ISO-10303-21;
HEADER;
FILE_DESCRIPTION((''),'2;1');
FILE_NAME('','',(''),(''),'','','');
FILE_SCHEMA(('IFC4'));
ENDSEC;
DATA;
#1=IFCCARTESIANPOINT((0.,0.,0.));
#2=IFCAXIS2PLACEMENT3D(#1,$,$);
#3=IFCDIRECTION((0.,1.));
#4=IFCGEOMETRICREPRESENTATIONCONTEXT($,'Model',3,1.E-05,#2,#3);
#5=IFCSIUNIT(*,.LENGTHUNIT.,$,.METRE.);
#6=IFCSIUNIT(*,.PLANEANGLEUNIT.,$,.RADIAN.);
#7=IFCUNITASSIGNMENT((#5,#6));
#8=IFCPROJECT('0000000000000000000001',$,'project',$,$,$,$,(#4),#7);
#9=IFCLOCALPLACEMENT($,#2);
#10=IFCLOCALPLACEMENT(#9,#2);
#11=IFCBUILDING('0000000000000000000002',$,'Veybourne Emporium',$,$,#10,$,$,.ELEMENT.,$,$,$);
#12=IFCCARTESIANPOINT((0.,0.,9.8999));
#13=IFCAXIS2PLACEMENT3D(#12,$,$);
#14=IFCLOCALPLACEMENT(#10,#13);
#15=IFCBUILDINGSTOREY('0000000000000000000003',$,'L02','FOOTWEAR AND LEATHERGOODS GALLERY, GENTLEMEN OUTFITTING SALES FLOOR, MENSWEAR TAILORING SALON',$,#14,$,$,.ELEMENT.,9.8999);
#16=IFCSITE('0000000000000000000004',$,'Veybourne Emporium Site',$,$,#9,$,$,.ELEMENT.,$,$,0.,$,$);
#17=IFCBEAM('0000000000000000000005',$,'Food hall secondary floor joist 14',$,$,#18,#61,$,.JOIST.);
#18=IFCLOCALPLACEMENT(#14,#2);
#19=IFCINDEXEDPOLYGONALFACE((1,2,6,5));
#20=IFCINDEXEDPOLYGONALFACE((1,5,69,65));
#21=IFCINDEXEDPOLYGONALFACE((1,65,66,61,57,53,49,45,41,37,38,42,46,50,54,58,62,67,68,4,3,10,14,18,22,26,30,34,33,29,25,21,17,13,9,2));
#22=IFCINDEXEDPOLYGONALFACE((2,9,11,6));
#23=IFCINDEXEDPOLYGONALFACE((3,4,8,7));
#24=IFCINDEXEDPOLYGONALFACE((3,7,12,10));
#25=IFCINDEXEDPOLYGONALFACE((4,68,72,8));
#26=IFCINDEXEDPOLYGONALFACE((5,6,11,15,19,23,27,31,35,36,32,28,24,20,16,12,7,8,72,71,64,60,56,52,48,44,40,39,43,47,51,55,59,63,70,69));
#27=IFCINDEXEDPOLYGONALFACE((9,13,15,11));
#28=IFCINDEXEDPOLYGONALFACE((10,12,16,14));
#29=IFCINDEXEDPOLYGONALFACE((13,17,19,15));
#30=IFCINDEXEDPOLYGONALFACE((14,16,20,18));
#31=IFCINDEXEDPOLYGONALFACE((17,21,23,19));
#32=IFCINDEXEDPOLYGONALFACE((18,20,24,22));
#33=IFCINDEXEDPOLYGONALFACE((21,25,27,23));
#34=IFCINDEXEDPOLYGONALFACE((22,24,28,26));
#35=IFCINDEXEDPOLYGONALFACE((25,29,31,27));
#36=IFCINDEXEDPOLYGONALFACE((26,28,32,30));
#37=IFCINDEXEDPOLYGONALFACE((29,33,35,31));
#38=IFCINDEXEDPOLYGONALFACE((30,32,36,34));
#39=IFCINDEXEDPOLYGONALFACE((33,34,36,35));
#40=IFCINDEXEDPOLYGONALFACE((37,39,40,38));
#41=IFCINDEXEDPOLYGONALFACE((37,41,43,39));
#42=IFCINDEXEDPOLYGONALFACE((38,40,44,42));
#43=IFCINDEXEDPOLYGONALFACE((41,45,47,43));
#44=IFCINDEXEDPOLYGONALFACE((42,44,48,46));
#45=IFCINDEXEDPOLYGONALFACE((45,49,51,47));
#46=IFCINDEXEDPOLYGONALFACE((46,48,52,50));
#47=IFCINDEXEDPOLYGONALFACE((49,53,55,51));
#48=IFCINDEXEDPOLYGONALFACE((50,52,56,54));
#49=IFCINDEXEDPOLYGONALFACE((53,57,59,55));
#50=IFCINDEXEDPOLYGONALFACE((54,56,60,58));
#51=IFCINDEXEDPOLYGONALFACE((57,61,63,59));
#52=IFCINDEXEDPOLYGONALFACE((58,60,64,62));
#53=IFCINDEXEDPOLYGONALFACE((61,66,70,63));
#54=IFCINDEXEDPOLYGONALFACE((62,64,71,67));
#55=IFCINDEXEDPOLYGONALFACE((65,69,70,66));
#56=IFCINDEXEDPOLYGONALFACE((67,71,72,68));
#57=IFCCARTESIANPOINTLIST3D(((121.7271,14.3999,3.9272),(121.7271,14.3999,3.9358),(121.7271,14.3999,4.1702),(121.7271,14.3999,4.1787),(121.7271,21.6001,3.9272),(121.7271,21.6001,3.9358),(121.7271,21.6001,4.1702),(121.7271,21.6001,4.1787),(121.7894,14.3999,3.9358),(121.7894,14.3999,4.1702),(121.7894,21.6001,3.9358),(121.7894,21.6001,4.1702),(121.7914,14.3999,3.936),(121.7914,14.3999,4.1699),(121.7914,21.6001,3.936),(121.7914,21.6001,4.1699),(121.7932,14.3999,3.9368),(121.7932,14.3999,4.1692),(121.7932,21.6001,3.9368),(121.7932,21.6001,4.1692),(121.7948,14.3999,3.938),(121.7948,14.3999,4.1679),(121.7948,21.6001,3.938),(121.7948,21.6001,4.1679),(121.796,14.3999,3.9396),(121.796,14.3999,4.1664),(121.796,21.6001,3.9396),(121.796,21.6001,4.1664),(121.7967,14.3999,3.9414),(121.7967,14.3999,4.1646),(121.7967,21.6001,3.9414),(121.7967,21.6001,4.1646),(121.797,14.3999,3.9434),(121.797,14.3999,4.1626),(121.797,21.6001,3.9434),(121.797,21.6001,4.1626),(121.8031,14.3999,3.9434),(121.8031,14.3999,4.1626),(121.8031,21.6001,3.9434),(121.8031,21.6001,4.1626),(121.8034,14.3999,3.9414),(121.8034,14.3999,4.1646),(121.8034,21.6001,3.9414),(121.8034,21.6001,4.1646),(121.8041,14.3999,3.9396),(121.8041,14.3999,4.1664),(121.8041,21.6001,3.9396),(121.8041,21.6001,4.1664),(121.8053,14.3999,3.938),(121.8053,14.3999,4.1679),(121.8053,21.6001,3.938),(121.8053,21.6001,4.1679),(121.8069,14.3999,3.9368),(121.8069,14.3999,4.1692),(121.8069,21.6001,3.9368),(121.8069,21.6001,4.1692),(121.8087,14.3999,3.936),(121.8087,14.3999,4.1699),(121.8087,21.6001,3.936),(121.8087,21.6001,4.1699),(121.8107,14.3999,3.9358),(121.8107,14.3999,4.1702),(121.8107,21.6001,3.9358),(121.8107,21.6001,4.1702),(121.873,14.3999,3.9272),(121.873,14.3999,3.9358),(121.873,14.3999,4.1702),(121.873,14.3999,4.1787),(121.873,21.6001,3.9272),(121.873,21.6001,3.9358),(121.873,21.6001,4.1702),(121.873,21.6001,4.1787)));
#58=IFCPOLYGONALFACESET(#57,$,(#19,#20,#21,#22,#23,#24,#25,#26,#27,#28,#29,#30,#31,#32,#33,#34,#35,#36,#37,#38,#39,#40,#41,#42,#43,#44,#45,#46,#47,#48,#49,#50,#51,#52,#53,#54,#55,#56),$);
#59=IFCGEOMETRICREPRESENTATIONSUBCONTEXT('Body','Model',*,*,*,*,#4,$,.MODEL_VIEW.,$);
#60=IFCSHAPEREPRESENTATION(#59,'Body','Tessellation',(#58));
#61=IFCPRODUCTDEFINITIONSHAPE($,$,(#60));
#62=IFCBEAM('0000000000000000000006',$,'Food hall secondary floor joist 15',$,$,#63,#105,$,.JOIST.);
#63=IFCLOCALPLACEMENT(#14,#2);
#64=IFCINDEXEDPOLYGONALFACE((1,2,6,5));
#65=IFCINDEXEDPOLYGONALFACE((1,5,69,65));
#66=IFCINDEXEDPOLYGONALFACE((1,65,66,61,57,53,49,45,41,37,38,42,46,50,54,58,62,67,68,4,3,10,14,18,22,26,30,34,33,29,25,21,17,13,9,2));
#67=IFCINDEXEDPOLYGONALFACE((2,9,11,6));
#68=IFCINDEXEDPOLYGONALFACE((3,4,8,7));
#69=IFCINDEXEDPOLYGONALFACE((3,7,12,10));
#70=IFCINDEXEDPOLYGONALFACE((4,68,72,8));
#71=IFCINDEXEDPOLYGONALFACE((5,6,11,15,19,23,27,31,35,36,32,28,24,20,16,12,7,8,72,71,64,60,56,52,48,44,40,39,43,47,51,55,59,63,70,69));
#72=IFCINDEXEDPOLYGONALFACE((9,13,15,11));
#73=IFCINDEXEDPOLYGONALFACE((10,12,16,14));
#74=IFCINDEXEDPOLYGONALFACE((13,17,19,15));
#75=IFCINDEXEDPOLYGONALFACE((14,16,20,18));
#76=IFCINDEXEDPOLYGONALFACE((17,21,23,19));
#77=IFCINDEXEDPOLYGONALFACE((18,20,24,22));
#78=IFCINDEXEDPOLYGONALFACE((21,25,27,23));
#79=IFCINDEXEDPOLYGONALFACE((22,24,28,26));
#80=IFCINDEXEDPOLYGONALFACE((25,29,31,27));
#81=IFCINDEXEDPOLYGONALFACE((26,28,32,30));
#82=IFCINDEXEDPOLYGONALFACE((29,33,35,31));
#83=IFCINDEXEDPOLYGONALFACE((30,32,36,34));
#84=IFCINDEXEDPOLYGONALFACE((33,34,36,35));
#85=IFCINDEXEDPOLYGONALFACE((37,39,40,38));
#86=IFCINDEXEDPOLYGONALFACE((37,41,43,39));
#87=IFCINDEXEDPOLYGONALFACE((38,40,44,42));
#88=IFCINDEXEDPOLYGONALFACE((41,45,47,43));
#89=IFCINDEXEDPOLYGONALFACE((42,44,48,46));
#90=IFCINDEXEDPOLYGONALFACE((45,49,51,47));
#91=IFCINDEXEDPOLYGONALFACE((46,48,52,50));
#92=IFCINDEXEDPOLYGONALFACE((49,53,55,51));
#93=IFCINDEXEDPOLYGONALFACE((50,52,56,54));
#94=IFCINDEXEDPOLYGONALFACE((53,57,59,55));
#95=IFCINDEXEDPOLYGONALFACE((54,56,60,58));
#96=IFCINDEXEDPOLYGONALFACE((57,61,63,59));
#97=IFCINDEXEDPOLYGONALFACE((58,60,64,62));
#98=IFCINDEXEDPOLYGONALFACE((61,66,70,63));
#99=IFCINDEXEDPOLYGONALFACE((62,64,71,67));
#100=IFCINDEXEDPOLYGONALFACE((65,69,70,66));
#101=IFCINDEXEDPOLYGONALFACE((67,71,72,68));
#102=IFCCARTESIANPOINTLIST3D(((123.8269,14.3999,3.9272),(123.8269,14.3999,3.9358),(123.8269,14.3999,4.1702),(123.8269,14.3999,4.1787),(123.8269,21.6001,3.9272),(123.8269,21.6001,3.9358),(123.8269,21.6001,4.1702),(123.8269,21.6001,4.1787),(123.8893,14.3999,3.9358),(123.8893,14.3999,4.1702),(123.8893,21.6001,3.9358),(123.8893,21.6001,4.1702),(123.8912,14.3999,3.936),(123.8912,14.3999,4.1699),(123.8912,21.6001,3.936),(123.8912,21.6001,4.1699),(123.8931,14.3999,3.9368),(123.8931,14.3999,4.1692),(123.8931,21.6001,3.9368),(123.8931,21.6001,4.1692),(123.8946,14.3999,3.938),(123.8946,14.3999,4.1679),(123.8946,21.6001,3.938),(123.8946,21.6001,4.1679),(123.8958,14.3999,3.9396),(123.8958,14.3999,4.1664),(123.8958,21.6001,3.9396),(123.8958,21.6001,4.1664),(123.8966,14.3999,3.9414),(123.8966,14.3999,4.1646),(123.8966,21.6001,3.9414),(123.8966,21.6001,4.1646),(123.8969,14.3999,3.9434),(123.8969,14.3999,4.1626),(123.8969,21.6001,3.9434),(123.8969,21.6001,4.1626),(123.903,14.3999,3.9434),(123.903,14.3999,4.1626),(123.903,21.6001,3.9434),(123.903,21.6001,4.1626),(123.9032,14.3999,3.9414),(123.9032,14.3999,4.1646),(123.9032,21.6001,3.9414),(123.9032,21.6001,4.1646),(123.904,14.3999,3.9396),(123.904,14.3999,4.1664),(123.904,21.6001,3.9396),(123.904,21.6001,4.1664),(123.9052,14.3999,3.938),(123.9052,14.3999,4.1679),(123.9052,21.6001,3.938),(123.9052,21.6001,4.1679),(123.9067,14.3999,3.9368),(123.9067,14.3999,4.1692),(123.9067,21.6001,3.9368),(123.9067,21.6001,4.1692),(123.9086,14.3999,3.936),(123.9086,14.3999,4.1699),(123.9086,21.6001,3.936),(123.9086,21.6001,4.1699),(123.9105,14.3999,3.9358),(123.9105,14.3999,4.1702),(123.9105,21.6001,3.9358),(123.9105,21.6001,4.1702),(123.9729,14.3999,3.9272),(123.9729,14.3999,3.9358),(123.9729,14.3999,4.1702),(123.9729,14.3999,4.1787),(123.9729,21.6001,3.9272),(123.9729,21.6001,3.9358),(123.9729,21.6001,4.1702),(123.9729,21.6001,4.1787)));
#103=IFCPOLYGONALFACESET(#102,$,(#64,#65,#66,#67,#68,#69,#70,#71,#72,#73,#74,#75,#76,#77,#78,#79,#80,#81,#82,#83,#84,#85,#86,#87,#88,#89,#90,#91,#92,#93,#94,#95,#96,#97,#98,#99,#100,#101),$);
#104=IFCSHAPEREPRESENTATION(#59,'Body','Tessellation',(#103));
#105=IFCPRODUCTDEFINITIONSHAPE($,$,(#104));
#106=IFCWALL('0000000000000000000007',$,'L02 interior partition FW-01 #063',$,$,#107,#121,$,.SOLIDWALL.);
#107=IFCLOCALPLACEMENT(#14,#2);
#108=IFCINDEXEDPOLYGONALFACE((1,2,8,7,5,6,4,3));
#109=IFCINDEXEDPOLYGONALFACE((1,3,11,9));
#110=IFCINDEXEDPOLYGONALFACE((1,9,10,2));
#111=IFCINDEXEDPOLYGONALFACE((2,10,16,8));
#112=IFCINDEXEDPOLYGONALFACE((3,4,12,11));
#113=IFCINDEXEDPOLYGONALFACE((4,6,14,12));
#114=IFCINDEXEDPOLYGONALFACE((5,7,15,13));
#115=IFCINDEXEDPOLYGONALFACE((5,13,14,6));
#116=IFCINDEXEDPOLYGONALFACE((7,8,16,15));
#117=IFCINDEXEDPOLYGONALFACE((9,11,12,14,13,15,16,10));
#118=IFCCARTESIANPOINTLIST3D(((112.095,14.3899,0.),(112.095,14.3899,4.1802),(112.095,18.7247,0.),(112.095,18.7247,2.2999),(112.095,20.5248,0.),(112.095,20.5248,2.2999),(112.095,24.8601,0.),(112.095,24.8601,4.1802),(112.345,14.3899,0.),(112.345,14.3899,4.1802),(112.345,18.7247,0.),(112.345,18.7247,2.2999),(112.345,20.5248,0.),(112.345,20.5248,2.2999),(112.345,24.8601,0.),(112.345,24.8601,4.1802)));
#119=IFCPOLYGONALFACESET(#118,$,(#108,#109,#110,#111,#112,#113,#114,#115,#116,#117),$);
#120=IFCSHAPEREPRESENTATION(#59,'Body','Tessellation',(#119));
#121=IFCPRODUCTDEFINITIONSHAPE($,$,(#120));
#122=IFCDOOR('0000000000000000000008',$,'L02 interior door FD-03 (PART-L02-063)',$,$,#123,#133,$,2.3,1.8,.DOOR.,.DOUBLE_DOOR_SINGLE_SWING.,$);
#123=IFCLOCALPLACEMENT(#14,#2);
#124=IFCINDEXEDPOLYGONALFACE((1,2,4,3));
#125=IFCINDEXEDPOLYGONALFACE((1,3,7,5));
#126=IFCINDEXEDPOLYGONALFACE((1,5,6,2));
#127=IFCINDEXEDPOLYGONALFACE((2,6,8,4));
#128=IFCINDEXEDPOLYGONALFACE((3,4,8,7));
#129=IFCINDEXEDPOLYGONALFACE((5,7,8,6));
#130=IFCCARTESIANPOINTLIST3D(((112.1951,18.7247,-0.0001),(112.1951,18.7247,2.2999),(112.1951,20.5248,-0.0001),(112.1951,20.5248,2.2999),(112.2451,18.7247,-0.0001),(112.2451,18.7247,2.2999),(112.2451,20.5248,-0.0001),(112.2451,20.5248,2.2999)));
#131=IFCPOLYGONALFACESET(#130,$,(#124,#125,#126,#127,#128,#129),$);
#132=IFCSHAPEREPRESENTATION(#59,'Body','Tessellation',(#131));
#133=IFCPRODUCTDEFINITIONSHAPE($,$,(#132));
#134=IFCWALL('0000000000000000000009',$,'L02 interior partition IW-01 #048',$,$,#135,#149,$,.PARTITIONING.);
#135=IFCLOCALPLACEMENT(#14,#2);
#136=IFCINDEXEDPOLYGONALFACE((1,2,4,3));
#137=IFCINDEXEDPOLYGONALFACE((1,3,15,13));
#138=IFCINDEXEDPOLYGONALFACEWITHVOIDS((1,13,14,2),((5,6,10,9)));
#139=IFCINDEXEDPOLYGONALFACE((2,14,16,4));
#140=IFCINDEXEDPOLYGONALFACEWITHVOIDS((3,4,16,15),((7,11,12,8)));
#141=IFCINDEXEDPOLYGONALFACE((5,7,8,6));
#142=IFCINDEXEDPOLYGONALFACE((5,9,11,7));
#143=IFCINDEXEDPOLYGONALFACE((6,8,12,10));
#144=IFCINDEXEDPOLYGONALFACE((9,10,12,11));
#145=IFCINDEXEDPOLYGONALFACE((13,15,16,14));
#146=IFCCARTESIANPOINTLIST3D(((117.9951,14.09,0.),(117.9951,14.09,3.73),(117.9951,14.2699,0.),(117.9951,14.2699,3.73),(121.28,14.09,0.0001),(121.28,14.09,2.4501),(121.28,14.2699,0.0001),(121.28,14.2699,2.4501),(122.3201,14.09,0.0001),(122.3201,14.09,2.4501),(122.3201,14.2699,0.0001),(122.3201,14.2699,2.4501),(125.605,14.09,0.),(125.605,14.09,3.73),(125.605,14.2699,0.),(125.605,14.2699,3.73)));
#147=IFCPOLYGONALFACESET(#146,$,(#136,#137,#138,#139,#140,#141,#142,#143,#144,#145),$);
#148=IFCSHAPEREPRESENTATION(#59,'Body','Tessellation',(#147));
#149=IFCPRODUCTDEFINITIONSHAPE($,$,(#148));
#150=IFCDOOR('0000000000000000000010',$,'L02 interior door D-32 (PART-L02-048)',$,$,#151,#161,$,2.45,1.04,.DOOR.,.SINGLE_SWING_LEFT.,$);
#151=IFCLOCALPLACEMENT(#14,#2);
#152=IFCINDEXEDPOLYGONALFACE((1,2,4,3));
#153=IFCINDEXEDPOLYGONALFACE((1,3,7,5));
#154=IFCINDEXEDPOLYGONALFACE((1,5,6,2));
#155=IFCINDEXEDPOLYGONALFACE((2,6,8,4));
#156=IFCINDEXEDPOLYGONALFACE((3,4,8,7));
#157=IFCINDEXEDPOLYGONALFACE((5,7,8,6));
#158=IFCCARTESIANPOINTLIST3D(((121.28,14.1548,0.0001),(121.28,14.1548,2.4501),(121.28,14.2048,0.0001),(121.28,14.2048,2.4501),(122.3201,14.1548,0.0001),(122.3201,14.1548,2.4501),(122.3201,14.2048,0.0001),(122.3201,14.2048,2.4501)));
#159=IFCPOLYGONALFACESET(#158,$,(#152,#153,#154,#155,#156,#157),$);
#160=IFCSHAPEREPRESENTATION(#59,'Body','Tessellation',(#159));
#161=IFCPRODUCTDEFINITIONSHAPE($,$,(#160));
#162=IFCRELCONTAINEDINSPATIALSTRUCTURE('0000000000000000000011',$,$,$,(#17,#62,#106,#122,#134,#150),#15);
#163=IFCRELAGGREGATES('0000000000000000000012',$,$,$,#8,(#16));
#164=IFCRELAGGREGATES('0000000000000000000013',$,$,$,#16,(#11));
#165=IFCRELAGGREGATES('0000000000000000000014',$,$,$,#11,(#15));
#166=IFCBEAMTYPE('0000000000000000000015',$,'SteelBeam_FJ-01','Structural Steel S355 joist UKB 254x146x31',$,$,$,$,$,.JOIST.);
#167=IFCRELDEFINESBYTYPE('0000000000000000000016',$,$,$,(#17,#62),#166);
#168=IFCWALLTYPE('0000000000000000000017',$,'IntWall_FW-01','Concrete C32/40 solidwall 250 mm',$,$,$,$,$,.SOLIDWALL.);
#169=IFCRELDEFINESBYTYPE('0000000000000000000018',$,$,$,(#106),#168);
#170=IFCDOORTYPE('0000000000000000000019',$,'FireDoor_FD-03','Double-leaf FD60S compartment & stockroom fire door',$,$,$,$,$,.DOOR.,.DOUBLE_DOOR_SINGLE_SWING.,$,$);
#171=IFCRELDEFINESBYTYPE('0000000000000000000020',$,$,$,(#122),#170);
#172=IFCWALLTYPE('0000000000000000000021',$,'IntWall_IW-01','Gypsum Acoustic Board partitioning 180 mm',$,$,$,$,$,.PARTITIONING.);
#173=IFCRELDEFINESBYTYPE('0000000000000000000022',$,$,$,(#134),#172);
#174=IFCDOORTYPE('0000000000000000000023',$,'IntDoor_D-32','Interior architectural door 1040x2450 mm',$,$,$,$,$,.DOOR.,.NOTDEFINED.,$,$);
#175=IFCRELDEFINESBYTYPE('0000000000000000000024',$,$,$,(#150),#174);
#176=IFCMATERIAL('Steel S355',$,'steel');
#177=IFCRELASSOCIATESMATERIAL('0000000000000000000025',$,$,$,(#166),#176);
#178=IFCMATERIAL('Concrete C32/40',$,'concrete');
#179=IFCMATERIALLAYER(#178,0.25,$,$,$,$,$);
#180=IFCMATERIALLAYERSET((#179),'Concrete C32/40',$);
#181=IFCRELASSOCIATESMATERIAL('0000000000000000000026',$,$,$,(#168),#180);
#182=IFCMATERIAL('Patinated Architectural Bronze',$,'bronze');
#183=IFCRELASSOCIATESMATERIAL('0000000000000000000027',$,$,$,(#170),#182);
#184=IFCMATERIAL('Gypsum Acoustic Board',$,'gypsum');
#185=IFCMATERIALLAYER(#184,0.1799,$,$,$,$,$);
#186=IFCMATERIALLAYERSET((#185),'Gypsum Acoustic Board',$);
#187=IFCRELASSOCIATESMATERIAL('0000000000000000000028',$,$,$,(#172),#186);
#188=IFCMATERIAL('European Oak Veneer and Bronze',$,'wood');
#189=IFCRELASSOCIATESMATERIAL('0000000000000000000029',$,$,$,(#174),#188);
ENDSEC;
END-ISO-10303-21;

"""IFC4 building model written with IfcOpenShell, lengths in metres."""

from ifc_helpers import new_model, si_unit, direction, frame, frame_2d, origin, origin_2d, place, context, subcontext, project, spatial, rectangle, i_section, extrude, material, layer, layer_set, material_profile, profile_set, type_object, element, fill, save


model = new_model("IFC4")

# Units and contexts
model_context = context("Model", 3, precision=1e-05, world=origin(), true_north=direction((0.0, 1.0)))
body_context = subcontext(model_context, "Body", "Model", "MODEL_VIEW")
ifc_project = project(units=[si_unit("LENGTHUNIT", "METRE"), si_unit("PLANEANGLEUNIT", "RADIAN")], contexts=[model_context])

# Site, building, storey
site_placement = place(None, origin())
site = spatial("IfcSite", under=ifc_project, at=site_placement, Name="Veybourne Emporium Site", CompositionType="ELEMENT", RefElevation=0.0)
building_placement = place(site_placement, origin())
building = spatial("IfcBuilding", under=site, at=building_placement, Name="Veybourne Emporium", CompositionType="ELEMENT")
storey_placement = place(building_placement, frame((0.0, 0.0, 9.8999)))
storey = spatial("IfcBuildingStorey", under=building, at=storey_placement, Name="L02", Description="FOOTWEAR AND LEATHERGOODS GALLERY, GENTLEMEN OUTFITTING SALES FLOOR, MENSWEAR TAILORING SALON", CompositionType="ELEMENT", Elevation=9.8999)

# Beams
ifc_material_1 = material(Name="Concrete C32/40", Category="concrete")
ifc_material_2 = material(Name="Steel S355", Category="steel")
ifc_material_profile_1 = material_profile(ifc_material_2, i_section(OverallWidth=0.146, OverallDepth=0.2515, WebThickness=0.0061, FlangeThickness=0.0085, FilletRadius=0.0076, at=origin_2d()), Name="UKB 254x146x31")
ifc_profile_set_1 = profile_set([ifc_material_profile_1], Name="Steel S355")
beam_type_1 = type_object("IfcBeamType", Name="SteelBeam_FJ-01", Description="Structural Steel S355 joist UKB 254x146x31", PredefinedType="JOIST", material=ifc_profile_set_1)
for number, where, z_axis, x_axis, name in (
    (1, (121.8, 14.3999, 4.053), (0.0, 1.0, 0.0), (-1.0, 0.0, 0.0), "Food hall secondary floor joist 14"),
    (2, (123.8999, 14.3999, 4.053), (0.0, 1.0, 0.0), (-1.0, 0.0, 0.0), "Food hall secondary floor joist 15"),
):
    element("IfcBeam", number, at=place(storey_placement, frame(where, z_axis=z_axis, x_axis=x_axis)), inside=storey, type_object=beam_type_1, Name=name, PredefinedType="JOIST", context=body_context, shape_type="SweptSolid", body=[
        extrude(i_section(OverallWidth=0.146, OverallDepth=0.2515, WebThickness=0.0061, FlangeThickness=0.0085, FilletRadius=0.0076, at=origin_2d()), origin(), (0.0, 0.0, 1.0), 7.2002),
    ])

# Walls, openings, doors
ifc_layer_1 = layer(ifc_material_1, 0.25)
ifc_layer_set_1 = layer_set([ifc_layer_1], Name="Concrete C32/40")
wall_type_1 = type_object("IfcWallType", Name="IntWall_FW-01", Description="Concrete C32/40 solidwall 250 mm", PredefinedType="SOLIDWALL", material=ifc_layer_set_1)
wall_1_placement = place(storey_placement, frame((112.22, 14.3899, 0.0), z_axis=(0.0, 0.0, 1.0), x_axis=(0.0, 1.0, 0.0)))
wall_1 = element("IfcWall", 3, at=wall_1_placement, inside=storey, type_object=wall_type_1, Name="L02 interior partition FW-01 #063", PredefinedType="SOLIDWALL", context=body_context, shape_type="SweptSolid", body=[
    extrude(rectangle(XDim=10.4702, YDim=0.25, at=frame_2d((5.2351, 0.0))), origin(), (0.0, 0.0, 1.0), 4.1802),
])
opening_1_placement = place(wall_1_placement, frame((4.335, 0.0, 0.0)))
opening_1 = element("IfcOpeningElement", 4, at=opening_1_placement, cuts=wall_1, PredefinedType="OPENING", context=body_context, shape_type="SweptSolid", body=[
    extrude(rectangle(XDim=1.8, YDim=2.3, at=frame_2d((0.8999, 1.1499))), frame((0.0, 0.145, 0.0), z_axis=(0.0, -1.0, 0.0), x_axis=(1.0, 0.0, 0.0)), (0.0, 0.0, 1.0), 0.29),
])
ifc_material_3 = material(Name="Patinated Architectural Bronze", Category="bronze")
door_type_1 = type_object("IfcDoorType", Name="FireDoor_FD-03", Description="Double-leaf FD60S compartment & stockroom fire door", OperationType="DOUBLE_DOOR_SINGLE_SWING", PredefinedType="DOOR", material=ifc_material_3)
door_1_placement = place(opening_1_placement, origin())
door_1 = element("IfcDoor", 5, at=door_1_placement, inside=storey, type_object=door_type_1, Name="L02 interior door FD-03 (PART-L02-063)", OperationType="DOUBLE_DOOR_SINGLE_SWING", OverallHeight=2.3, OverallWidth=1.8, PredefinedType="DOOR", context=body_context, shape_type="SweptSolid", body=[
    extrude(rectangle(XDim=1.8, YDim=2.3, at=frame_2d((0.8999, 1.1499))), frame((0.0, 0.0249, 0.0), z_axis=(0.0, -1.0, 0.0), x_axis=(1.0, 0.0, 0.0)), (0.0, 0.0, 1.0), 0.05),
])
fill(opening_1, door_1)
ifc_material_4 = material(Name="Gypsum Acoustic Board", Category="gypsum")
ifc_layer_2 = layer(ifc_material_4, 0.1799)
ifc_layer_set_2 = layer_set([ifc_layer_2], Name="Gypsum Acoustic Board")
wall_type_2 = type_object("IfcWallType", Name="IntWall_IW-01", Description="Gypsum Acoustic Board partitioning 180 mm", PredefinedType="PARTITIONING", material=ifc_layer_set_2)
wall_2_placement = place(storey_placement, frame((117.9951, 14.1799, 0.0), z_axis=(0.0, 0.0, 1.0), x_axis=(1.0, 0.0, 0.0)))
wall_2 = element("IfcWall", 6, at=wall_2_placement, inside=storey, type_object=wall_type_2, Name="L02 interior partition IW-01 #048", PredefinedType="PARTITIONING", context=body_context, shape_type="SweptSolid", body=[
    extrude(rectangle(XDim=7.6099, YDim=0.1799, at=frame_2d((3.8049, 0.0))), origin(), (0.0, 0.0, 1.0), 3.73),
])
opening_2_placement = place(wall_2_placement, frame((3.2849, 0.0, 0.0)))
opening_2 = element("IfcOpeningElement", 7, at=opening_2_placement, cuts=wall_2, PredefinedType="OPENING", context=body_context, shape_type="SweptSolid", body=[
    extrude(rectangle(XDim=1.04, YDim=2.45, at=frame_2d((0.52, 1.2251))), frame((0.0, 0.1099, 0.0), z_axis=(0.0, -1.0, 0.0), x_axis=(1.0, 0.0, 0.0)), (0.0, 0.0, 1.0), 0.22),
])
ifc_material_5 = material(Name="European Oak Veneer and Bronze", Category="wood")
door_type_2 = type_object("IfcDoorType", Name="IntDoor_D-32", Description="Interior architectural door 1040x2450 mm", OperationType="NOTDEFINED", PredefinedType="DOOR", material=ifc_material_5)
door_2_placement = place(opening_2_placement, origin())
door_2 = element("IfcDoor", 8, at=door_2_placement, inside=storey, type_object=door_type_2, Name="L02 interior door D-32 (PART-L02-048)", OperationType="SINGLE_SWING_LEFT", OverallHeight=2.45, OverallWidth=1.04, PredefinedType="DOOR", context=body_context, shape_type="SweptSolid", body=[
    extrude(rectangle(XDim=1.04, YDim=2.45, at=frame_2d((0.52, 1.2251))), frame((0.0, 0.0249, 0.0), z_axis=(0.0, -1.0, 0.0), x_axis=(1.0, 0.0, 0.0)), (0.0, 0.0, 1.0), 0.05),
])
fill(opening_2, door_2)

save(model, "model.ifc")
